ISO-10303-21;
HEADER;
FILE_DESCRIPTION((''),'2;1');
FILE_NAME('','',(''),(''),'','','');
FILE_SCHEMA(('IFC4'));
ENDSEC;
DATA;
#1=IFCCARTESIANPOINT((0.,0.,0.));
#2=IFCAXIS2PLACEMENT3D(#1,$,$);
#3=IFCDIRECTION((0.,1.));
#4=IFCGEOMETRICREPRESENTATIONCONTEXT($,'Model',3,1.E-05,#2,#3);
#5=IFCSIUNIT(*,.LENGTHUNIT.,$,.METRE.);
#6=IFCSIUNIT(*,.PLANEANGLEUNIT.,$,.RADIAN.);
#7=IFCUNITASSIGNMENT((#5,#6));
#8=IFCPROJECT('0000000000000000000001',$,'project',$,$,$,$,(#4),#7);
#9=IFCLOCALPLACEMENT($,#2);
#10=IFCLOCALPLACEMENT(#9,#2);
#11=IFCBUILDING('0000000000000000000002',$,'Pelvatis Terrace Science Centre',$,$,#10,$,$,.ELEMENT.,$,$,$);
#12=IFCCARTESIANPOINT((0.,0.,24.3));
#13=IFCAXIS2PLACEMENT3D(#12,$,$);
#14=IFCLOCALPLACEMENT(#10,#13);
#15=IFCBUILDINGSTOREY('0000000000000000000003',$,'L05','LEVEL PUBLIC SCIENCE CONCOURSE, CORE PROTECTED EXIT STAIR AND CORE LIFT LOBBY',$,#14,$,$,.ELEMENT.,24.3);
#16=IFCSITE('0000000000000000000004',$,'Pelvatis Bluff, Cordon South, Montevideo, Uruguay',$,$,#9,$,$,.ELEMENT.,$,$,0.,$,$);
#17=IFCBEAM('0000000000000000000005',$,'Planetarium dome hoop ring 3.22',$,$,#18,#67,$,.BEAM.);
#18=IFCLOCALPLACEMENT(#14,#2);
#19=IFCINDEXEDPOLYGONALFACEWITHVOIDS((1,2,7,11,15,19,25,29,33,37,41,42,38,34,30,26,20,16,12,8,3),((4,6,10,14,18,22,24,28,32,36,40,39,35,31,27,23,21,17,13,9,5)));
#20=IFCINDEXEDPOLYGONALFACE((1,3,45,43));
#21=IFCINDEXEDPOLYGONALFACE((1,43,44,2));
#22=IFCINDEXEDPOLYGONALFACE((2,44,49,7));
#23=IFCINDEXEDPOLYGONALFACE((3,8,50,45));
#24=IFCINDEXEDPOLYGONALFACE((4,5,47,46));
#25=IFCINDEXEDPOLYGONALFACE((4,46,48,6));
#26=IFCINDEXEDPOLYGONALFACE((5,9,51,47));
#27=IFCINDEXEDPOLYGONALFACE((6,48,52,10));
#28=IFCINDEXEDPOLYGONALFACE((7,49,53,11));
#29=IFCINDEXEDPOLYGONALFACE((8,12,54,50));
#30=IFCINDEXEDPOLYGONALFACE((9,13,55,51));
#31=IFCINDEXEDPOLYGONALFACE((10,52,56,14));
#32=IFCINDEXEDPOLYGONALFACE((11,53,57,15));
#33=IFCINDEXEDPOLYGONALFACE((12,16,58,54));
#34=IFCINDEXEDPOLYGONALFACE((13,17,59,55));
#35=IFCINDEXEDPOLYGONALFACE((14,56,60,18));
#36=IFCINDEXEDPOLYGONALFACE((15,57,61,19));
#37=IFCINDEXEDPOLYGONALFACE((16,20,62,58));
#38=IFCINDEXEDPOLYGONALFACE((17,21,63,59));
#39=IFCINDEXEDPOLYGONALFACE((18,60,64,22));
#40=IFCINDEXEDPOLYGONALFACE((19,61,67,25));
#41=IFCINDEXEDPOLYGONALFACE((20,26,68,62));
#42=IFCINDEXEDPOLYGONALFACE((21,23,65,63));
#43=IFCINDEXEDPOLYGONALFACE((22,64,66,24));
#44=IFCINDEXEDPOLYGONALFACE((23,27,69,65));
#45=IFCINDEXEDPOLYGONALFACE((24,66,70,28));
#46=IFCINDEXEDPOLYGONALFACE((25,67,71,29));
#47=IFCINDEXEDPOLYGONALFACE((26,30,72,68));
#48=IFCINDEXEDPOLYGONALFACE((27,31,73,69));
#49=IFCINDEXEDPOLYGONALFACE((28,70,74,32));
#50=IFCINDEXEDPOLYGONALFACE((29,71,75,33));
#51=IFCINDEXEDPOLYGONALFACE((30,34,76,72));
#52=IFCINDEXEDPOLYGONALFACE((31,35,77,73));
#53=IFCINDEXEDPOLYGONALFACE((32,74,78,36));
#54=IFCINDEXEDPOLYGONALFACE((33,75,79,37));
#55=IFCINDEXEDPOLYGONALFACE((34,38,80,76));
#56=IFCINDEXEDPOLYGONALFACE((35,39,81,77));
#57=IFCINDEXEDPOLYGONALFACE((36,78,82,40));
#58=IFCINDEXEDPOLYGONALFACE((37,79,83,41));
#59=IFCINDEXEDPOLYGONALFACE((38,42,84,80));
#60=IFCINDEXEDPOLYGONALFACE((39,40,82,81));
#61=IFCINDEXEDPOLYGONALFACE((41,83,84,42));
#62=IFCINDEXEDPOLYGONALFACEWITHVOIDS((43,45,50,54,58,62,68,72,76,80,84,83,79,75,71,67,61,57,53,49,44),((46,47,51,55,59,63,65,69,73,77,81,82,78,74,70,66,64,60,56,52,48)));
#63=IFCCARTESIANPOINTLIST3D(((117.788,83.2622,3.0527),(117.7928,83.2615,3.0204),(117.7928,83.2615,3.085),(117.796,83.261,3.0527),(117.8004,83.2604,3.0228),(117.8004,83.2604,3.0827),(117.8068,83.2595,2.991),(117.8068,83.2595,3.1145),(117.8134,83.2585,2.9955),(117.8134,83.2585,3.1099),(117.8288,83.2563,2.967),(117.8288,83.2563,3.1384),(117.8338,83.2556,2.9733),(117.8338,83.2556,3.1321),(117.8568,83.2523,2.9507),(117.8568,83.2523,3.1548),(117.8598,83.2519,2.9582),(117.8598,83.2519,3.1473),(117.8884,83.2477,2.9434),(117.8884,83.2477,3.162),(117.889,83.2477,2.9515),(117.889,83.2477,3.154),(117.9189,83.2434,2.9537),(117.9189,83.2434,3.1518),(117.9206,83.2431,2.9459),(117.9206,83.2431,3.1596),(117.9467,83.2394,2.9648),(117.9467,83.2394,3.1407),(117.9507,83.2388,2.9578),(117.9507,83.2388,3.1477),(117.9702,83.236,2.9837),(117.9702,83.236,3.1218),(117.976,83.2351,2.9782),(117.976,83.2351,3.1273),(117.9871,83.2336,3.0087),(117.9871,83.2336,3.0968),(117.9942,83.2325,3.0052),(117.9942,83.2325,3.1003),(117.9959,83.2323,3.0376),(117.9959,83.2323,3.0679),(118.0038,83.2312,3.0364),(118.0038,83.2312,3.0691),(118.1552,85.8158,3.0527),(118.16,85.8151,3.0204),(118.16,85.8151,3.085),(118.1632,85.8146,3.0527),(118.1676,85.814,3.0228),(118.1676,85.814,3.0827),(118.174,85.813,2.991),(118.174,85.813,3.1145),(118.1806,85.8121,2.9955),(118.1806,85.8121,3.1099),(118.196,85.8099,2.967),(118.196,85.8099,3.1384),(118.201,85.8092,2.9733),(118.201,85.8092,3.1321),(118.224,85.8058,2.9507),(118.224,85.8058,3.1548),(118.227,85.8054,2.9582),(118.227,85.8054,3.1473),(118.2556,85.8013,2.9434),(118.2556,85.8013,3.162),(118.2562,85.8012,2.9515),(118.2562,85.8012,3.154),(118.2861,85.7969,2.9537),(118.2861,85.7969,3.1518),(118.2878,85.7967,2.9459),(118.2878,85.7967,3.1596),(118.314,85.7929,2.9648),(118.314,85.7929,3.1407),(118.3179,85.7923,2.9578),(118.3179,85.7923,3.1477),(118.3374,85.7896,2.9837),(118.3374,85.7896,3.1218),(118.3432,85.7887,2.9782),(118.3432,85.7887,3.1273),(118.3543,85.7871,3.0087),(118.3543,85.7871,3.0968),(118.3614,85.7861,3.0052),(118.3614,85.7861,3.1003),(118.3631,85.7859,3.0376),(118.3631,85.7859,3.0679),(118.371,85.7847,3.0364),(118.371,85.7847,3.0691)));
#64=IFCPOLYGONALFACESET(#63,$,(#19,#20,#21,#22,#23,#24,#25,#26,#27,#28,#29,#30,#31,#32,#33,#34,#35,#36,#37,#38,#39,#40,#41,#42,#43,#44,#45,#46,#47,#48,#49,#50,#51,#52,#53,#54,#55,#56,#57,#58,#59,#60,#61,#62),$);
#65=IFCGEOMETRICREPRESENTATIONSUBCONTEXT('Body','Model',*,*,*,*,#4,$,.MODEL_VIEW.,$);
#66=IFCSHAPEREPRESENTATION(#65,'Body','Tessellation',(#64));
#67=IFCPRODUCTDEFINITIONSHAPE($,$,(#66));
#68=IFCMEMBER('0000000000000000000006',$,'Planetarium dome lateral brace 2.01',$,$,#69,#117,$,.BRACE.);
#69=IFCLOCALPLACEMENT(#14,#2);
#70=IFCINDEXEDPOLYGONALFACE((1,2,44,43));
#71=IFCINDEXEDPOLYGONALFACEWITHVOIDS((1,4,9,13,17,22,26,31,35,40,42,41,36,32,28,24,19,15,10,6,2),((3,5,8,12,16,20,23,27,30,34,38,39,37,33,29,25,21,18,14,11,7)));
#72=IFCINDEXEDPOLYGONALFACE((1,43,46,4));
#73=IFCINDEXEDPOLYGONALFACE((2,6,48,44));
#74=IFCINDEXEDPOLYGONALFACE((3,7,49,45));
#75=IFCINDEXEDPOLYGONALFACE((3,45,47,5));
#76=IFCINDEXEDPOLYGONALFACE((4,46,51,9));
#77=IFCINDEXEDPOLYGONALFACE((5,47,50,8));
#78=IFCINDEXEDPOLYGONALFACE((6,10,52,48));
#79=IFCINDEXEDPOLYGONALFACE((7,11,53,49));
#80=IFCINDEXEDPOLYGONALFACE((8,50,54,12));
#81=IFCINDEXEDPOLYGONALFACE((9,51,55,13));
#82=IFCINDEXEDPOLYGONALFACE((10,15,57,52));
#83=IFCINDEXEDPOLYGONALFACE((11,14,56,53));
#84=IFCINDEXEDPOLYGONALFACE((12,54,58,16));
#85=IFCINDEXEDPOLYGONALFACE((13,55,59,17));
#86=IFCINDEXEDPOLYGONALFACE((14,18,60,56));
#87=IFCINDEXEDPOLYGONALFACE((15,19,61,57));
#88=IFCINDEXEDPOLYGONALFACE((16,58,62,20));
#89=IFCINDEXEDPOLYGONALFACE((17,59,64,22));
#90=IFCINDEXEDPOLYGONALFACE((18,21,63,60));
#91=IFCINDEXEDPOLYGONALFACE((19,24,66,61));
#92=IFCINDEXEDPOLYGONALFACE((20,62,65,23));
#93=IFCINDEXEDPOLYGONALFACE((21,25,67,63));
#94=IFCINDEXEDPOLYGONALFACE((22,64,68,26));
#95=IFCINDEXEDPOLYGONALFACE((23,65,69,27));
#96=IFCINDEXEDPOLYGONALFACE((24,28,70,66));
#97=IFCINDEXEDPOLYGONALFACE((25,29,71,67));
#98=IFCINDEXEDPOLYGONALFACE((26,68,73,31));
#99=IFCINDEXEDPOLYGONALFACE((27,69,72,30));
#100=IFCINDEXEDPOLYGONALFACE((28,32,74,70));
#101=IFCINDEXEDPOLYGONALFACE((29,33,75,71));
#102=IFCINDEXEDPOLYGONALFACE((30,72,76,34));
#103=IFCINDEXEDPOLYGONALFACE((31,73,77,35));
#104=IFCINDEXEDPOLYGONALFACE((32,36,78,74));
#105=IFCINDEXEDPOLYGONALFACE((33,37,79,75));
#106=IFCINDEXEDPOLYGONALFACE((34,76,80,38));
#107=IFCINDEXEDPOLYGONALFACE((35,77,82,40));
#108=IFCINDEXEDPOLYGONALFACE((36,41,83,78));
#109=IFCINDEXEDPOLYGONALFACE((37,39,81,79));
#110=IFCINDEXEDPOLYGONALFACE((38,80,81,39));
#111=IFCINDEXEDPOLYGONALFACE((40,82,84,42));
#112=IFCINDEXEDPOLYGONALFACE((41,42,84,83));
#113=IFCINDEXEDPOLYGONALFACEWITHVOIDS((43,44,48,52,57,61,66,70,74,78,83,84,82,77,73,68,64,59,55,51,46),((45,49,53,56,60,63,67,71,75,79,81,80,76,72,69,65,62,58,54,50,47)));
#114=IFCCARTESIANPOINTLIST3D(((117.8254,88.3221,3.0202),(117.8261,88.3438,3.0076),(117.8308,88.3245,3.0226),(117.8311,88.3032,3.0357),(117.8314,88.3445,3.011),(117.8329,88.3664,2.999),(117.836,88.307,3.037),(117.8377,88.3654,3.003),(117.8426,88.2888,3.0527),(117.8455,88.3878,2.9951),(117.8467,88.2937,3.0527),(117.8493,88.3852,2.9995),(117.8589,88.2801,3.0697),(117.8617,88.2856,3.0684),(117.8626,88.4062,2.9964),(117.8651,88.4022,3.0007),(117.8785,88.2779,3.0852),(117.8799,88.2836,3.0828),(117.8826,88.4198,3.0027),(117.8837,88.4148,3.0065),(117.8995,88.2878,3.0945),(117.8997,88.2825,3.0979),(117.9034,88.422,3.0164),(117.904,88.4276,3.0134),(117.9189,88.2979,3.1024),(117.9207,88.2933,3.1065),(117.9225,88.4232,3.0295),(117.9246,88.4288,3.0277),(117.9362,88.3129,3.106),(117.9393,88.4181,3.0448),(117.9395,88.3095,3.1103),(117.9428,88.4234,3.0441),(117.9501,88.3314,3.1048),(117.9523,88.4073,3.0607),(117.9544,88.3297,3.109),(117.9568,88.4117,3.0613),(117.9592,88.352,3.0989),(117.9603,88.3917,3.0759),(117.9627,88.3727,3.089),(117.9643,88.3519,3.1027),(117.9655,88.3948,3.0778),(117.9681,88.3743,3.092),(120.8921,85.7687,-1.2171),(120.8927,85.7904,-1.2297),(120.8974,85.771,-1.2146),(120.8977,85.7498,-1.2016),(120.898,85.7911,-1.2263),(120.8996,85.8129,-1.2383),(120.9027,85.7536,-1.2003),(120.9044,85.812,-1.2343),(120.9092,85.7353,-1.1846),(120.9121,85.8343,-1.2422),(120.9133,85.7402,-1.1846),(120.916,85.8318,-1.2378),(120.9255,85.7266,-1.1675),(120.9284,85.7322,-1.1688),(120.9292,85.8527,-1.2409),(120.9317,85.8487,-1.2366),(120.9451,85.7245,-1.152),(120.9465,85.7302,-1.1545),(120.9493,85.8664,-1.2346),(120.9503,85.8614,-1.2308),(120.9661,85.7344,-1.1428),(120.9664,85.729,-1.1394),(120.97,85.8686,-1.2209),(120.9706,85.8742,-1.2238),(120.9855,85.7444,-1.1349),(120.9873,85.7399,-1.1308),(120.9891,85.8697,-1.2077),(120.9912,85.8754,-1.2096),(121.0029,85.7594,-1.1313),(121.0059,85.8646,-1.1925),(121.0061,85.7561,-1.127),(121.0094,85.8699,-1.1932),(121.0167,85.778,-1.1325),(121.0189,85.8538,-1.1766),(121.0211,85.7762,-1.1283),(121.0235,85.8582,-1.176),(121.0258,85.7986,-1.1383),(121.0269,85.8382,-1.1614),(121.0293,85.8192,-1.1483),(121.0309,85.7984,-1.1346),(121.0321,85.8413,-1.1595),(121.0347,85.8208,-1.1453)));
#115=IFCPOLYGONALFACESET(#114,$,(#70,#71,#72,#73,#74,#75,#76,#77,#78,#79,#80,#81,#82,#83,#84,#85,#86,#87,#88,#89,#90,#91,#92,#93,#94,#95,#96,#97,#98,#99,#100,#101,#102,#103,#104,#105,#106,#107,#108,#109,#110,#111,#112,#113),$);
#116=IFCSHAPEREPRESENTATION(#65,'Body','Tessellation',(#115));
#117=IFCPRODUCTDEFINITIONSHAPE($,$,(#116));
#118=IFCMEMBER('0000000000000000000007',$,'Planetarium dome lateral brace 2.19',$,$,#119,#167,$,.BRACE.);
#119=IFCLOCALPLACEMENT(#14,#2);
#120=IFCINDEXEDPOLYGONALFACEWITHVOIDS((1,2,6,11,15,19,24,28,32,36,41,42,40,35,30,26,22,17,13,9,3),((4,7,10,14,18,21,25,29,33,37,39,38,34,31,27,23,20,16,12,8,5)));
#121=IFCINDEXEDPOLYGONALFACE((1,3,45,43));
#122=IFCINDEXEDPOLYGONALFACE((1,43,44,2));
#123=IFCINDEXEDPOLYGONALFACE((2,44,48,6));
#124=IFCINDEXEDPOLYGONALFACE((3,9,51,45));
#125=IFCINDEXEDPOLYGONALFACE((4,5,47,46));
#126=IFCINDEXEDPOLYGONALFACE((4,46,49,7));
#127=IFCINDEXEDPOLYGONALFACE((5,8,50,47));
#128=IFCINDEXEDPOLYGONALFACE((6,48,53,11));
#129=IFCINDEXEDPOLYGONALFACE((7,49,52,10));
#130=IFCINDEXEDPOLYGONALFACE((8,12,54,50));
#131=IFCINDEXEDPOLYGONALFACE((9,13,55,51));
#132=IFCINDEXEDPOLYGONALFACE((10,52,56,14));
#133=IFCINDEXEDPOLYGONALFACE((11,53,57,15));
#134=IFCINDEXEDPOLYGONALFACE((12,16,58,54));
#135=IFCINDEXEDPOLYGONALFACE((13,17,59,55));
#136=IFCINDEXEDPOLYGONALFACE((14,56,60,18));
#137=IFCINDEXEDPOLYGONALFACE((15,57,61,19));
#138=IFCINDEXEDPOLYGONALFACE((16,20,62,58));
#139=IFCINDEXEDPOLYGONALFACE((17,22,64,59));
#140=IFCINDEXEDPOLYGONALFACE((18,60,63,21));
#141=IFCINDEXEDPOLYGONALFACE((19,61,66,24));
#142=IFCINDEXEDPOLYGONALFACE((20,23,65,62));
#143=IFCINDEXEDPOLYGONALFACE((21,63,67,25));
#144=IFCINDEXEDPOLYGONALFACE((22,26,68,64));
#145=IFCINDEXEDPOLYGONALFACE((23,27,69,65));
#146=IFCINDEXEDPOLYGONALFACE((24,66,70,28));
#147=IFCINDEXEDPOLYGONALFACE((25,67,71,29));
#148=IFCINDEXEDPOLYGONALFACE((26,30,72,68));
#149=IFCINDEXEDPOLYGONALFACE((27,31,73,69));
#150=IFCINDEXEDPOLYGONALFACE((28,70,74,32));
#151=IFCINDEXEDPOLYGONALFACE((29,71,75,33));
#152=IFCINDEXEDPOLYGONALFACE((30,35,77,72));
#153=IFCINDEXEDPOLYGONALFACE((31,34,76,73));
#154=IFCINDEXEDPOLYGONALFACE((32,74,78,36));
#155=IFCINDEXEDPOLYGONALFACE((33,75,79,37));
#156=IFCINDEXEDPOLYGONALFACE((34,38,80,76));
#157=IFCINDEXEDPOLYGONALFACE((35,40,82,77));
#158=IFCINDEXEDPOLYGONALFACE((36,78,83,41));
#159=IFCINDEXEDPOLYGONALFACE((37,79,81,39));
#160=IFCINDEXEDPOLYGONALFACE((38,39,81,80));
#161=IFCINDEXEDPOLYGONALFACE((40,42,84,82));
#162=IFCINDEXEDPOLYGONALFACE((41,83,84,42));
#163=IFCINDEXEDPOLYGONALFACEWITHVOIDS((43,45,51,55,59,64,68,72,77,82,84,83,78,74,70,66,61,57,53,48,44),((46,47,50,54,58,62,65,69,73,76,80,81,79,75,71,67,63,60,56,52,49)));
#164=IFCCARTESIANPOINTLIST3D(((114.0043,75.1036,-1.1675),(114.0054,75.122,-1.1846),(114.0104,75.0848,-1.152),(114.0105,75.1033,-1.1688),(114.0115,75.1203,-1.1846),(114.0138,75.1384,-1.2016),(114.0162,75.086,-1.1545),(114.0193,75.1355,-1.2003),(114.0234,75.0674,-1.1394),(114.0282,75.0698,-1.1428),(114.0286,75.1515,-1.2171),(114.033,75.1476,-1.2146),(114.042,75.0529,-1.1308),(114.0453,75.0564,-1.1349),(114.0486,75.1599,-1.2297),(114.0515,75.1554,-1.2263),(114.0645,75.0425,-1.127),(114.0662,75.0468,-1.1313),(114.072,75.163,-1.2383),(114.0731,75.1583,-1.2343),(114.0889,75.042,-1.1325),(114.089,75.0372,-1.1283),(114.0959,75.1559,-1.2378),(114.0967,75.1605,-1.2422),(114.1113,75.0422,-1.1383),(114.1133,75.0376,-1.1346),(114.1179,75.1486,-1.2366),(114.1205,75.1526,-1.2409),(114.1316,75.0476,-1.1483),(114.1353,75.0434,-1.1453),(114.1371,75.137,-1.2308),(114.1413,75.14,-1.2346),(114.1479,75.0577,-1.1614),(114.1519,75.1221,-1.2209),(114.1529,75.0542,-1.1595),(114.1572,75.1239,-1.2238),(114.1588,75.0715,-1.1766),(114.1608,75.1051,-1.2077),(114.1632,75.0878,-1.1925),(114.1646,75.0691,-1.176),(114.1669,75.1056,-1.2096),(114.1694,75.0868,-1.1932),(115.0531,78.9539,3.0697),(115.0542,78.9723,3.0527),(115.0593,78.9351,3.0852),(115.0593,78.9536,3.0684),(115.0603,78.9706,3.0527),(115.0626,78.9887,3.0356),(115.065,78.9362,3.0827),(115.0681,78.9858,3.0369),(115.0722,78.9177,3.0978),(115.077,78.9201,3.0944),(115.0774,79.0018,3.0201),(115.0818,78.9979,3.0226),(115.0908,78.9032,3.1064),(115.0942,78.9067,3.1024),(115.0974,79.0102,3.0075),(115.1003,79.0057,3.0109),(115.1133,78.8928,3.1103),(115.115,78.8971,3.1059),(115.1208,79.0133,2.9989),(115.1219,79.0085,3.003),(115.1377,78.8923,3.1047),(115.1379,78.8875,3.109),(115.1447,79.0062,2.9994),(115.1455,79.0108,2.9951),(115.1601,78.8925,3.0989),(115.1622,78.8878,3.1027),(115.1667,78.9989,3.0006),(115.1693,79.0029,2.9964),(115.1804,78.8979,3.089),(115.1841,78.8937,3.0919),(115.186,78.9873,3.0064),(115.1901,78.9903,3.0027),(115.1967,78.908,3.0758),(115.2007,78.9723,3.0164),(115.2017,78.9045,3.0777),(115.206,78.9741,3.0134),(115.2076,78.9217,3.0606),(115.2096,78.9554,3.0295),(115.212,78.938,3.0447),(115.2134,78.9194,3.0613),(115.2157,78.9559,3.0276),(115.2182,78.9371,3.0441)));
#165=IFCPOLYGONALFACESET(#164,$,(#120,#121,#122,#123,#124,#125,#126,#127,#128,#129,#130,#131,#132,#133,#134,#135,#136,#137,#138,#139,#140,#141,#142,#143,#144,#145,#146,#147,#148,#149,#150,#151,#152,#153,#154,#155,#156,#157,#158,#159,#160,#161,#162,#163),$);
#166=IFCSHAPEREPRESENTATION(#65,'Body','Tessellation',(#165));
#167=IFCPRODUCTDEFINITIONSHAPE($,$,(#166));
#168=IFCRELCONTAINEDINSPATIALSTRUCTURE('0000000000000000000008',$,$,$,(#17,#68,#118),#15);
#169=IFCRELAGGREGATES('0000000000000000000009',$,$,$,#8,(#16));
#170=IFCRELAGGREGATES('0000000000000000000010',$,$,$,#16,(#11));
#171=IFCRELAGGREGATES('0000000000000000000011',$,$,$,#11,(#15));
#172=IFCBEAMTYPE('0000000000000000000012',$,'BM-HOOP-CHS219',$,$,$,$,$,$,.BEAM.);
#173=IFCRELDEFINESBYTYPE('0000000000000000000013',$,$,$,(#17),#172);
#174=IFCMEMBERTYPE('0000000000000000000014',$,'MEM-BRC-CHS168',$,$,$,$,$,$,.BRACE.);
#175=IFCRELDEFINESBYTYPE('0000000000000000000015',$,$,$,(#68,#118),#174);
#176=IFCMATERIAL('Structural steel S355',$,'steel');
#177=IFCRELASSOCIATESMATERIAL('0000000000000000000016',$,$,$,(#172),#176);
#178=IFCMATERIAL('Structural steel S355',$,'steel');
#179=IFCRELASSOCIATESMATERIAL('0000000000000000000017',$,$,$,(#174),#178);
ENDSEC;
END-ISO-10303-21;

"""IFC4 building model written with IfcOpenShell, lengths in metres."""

from ifc_helpers import new_model, si_unit, direction, frame, origin, origin_2d, place, context, subcontext, project, spatial, hollow_circle, extrude, material, material_profile, profile_set, type_object, element, save


model = new_model("IFC4")

# Units and contexts
model_context = context("Model", 3, precision=1e-05, world=origin(), true_north=direction((0.0, 1.0)))
body_context = subcontext(model_context, "Body", "Model", "MODEL_VIEW")
ifc_project = project(units=[si_unit("LENGTHUNIT", "METRE"), si_unit("PLANEANGLEUNIT", "RADIAN")], contexts=[model_context])

# Site, building, storey
site_placement = place(None, origin())
site = spatial("IfcSite", under=ifc_project, at=site_placement, Name="Pelvatis Bluff, Cordon South, Montevideo, Uruguay", CompositionType="ELEMENT", RefElevation=0.0)
building_placement = place(site_placement, origin())
building = spatial("IfcBuilding", under=site, at=building_placement, Name="Pelvatis Terrace Science Centre", CompositionType="ELEMENT")
storey_placement = place(building_placement, frame((0.0, 0.0, 24.3)))
storey = spatial("IfcBuildingStorey", under=building, at=storey_placement, Name="L05", Description="LEVEL PUBLIC SCIENCE CONCOURSE, CORE PROTECTED EXIT STAIR AND CORE LIFT LOBBY", CompositionType="ELEMENT", Elevation=24.3)

# Beam
ifc_material_1 = material(Name="Structural steel S355", Category="steel")
ifc_material_profile_1 = material_profile(ifc_material_1, hollow_circle(Radius=0.1096, WallThickness=0.0081, at=origin_2d()), Name="CHS 219.1x8.0")
ifc_profile_set_1 = profile_set([ifc_material_profile_1], Name="Structural steel S355")
beam_type_1 = type_object("IfcBeamType", Name="BM-HOOP-CHS219", PredefinedType="BEAM", material=ifc_profile_set_1)
for number, where, z_axis, x_axis, name in (
    (1, (117.8965, 83.2466, 3.0527), (0.142335, 0.989818, 0.0), (-0.989818, 0.142335, 0.0), "Planetarium dome hoop ring 3.22"),
):
    element("IfcBeam", number, at=place(storey_placement, frame(where, z_axis=z_axis, x_axis=x_axis)), inside=storey, type_object=beam_type_1, Name=name, PredefinedType="BEAM", context=body_context, shape_type="SweptSolid", body=[
        extrude(hollow_circle(Radius=0.1096, WallThickness=0.0081, at=origin_2d()), origin(), (0.0, 0.0, 1.0), 2.5798),
    ])

# Members
ifc_material_2 = material(Name="Structural steel S355", Category="steel")
ifc_material_profile_2 = material_profile(ifc_material_2, hollow_circle(Radius=0.0842, WallThickness=0.0063, at=origin_2d()), Name="CHS 168.3x6.3")
ifc_profile_set_2 = profile_set([ifc_material_profile_2], Name="Structural steel S355")
member_type_1 = type_object("IfcMemberType", Name="MEM-BRC-CHS168", PredefinedType="BRACE", material=ifc_profile_set_2)
for number, where, z_axis, x_axis, name in (
    (2, (120.9631, 85.8, -1.1846), (-0.526862, 0.438695, 0.727985), (-0.639877, -0.768477, 0.0), "Planetarium dome lateral brace 2.01"),
    (3, (114.0867, 75.0999, -1.1846), (0.180191, 0.661497, 0.727978), (-0.964844, 0.262822, 0.0), "Planetarium dome lateral brace 2.19"),
):
    element("IfcMember", number, at=place(storey_placement, frame(where, z_axis=z_axis, x_axis=x_axis)), inside=storey, type_object=member_type_1, Name=name, PredefinedType="BRACE", context=body_context, shape_type="SweptSolid", body=[
        extrude(hollow_circle(Radius=0.0842, WallThickness=0.0063, at=origin_2d()), origin(), (0.0, 0.0, 1.0), 5.8206),
    ])

save(model, "model.ifc")
